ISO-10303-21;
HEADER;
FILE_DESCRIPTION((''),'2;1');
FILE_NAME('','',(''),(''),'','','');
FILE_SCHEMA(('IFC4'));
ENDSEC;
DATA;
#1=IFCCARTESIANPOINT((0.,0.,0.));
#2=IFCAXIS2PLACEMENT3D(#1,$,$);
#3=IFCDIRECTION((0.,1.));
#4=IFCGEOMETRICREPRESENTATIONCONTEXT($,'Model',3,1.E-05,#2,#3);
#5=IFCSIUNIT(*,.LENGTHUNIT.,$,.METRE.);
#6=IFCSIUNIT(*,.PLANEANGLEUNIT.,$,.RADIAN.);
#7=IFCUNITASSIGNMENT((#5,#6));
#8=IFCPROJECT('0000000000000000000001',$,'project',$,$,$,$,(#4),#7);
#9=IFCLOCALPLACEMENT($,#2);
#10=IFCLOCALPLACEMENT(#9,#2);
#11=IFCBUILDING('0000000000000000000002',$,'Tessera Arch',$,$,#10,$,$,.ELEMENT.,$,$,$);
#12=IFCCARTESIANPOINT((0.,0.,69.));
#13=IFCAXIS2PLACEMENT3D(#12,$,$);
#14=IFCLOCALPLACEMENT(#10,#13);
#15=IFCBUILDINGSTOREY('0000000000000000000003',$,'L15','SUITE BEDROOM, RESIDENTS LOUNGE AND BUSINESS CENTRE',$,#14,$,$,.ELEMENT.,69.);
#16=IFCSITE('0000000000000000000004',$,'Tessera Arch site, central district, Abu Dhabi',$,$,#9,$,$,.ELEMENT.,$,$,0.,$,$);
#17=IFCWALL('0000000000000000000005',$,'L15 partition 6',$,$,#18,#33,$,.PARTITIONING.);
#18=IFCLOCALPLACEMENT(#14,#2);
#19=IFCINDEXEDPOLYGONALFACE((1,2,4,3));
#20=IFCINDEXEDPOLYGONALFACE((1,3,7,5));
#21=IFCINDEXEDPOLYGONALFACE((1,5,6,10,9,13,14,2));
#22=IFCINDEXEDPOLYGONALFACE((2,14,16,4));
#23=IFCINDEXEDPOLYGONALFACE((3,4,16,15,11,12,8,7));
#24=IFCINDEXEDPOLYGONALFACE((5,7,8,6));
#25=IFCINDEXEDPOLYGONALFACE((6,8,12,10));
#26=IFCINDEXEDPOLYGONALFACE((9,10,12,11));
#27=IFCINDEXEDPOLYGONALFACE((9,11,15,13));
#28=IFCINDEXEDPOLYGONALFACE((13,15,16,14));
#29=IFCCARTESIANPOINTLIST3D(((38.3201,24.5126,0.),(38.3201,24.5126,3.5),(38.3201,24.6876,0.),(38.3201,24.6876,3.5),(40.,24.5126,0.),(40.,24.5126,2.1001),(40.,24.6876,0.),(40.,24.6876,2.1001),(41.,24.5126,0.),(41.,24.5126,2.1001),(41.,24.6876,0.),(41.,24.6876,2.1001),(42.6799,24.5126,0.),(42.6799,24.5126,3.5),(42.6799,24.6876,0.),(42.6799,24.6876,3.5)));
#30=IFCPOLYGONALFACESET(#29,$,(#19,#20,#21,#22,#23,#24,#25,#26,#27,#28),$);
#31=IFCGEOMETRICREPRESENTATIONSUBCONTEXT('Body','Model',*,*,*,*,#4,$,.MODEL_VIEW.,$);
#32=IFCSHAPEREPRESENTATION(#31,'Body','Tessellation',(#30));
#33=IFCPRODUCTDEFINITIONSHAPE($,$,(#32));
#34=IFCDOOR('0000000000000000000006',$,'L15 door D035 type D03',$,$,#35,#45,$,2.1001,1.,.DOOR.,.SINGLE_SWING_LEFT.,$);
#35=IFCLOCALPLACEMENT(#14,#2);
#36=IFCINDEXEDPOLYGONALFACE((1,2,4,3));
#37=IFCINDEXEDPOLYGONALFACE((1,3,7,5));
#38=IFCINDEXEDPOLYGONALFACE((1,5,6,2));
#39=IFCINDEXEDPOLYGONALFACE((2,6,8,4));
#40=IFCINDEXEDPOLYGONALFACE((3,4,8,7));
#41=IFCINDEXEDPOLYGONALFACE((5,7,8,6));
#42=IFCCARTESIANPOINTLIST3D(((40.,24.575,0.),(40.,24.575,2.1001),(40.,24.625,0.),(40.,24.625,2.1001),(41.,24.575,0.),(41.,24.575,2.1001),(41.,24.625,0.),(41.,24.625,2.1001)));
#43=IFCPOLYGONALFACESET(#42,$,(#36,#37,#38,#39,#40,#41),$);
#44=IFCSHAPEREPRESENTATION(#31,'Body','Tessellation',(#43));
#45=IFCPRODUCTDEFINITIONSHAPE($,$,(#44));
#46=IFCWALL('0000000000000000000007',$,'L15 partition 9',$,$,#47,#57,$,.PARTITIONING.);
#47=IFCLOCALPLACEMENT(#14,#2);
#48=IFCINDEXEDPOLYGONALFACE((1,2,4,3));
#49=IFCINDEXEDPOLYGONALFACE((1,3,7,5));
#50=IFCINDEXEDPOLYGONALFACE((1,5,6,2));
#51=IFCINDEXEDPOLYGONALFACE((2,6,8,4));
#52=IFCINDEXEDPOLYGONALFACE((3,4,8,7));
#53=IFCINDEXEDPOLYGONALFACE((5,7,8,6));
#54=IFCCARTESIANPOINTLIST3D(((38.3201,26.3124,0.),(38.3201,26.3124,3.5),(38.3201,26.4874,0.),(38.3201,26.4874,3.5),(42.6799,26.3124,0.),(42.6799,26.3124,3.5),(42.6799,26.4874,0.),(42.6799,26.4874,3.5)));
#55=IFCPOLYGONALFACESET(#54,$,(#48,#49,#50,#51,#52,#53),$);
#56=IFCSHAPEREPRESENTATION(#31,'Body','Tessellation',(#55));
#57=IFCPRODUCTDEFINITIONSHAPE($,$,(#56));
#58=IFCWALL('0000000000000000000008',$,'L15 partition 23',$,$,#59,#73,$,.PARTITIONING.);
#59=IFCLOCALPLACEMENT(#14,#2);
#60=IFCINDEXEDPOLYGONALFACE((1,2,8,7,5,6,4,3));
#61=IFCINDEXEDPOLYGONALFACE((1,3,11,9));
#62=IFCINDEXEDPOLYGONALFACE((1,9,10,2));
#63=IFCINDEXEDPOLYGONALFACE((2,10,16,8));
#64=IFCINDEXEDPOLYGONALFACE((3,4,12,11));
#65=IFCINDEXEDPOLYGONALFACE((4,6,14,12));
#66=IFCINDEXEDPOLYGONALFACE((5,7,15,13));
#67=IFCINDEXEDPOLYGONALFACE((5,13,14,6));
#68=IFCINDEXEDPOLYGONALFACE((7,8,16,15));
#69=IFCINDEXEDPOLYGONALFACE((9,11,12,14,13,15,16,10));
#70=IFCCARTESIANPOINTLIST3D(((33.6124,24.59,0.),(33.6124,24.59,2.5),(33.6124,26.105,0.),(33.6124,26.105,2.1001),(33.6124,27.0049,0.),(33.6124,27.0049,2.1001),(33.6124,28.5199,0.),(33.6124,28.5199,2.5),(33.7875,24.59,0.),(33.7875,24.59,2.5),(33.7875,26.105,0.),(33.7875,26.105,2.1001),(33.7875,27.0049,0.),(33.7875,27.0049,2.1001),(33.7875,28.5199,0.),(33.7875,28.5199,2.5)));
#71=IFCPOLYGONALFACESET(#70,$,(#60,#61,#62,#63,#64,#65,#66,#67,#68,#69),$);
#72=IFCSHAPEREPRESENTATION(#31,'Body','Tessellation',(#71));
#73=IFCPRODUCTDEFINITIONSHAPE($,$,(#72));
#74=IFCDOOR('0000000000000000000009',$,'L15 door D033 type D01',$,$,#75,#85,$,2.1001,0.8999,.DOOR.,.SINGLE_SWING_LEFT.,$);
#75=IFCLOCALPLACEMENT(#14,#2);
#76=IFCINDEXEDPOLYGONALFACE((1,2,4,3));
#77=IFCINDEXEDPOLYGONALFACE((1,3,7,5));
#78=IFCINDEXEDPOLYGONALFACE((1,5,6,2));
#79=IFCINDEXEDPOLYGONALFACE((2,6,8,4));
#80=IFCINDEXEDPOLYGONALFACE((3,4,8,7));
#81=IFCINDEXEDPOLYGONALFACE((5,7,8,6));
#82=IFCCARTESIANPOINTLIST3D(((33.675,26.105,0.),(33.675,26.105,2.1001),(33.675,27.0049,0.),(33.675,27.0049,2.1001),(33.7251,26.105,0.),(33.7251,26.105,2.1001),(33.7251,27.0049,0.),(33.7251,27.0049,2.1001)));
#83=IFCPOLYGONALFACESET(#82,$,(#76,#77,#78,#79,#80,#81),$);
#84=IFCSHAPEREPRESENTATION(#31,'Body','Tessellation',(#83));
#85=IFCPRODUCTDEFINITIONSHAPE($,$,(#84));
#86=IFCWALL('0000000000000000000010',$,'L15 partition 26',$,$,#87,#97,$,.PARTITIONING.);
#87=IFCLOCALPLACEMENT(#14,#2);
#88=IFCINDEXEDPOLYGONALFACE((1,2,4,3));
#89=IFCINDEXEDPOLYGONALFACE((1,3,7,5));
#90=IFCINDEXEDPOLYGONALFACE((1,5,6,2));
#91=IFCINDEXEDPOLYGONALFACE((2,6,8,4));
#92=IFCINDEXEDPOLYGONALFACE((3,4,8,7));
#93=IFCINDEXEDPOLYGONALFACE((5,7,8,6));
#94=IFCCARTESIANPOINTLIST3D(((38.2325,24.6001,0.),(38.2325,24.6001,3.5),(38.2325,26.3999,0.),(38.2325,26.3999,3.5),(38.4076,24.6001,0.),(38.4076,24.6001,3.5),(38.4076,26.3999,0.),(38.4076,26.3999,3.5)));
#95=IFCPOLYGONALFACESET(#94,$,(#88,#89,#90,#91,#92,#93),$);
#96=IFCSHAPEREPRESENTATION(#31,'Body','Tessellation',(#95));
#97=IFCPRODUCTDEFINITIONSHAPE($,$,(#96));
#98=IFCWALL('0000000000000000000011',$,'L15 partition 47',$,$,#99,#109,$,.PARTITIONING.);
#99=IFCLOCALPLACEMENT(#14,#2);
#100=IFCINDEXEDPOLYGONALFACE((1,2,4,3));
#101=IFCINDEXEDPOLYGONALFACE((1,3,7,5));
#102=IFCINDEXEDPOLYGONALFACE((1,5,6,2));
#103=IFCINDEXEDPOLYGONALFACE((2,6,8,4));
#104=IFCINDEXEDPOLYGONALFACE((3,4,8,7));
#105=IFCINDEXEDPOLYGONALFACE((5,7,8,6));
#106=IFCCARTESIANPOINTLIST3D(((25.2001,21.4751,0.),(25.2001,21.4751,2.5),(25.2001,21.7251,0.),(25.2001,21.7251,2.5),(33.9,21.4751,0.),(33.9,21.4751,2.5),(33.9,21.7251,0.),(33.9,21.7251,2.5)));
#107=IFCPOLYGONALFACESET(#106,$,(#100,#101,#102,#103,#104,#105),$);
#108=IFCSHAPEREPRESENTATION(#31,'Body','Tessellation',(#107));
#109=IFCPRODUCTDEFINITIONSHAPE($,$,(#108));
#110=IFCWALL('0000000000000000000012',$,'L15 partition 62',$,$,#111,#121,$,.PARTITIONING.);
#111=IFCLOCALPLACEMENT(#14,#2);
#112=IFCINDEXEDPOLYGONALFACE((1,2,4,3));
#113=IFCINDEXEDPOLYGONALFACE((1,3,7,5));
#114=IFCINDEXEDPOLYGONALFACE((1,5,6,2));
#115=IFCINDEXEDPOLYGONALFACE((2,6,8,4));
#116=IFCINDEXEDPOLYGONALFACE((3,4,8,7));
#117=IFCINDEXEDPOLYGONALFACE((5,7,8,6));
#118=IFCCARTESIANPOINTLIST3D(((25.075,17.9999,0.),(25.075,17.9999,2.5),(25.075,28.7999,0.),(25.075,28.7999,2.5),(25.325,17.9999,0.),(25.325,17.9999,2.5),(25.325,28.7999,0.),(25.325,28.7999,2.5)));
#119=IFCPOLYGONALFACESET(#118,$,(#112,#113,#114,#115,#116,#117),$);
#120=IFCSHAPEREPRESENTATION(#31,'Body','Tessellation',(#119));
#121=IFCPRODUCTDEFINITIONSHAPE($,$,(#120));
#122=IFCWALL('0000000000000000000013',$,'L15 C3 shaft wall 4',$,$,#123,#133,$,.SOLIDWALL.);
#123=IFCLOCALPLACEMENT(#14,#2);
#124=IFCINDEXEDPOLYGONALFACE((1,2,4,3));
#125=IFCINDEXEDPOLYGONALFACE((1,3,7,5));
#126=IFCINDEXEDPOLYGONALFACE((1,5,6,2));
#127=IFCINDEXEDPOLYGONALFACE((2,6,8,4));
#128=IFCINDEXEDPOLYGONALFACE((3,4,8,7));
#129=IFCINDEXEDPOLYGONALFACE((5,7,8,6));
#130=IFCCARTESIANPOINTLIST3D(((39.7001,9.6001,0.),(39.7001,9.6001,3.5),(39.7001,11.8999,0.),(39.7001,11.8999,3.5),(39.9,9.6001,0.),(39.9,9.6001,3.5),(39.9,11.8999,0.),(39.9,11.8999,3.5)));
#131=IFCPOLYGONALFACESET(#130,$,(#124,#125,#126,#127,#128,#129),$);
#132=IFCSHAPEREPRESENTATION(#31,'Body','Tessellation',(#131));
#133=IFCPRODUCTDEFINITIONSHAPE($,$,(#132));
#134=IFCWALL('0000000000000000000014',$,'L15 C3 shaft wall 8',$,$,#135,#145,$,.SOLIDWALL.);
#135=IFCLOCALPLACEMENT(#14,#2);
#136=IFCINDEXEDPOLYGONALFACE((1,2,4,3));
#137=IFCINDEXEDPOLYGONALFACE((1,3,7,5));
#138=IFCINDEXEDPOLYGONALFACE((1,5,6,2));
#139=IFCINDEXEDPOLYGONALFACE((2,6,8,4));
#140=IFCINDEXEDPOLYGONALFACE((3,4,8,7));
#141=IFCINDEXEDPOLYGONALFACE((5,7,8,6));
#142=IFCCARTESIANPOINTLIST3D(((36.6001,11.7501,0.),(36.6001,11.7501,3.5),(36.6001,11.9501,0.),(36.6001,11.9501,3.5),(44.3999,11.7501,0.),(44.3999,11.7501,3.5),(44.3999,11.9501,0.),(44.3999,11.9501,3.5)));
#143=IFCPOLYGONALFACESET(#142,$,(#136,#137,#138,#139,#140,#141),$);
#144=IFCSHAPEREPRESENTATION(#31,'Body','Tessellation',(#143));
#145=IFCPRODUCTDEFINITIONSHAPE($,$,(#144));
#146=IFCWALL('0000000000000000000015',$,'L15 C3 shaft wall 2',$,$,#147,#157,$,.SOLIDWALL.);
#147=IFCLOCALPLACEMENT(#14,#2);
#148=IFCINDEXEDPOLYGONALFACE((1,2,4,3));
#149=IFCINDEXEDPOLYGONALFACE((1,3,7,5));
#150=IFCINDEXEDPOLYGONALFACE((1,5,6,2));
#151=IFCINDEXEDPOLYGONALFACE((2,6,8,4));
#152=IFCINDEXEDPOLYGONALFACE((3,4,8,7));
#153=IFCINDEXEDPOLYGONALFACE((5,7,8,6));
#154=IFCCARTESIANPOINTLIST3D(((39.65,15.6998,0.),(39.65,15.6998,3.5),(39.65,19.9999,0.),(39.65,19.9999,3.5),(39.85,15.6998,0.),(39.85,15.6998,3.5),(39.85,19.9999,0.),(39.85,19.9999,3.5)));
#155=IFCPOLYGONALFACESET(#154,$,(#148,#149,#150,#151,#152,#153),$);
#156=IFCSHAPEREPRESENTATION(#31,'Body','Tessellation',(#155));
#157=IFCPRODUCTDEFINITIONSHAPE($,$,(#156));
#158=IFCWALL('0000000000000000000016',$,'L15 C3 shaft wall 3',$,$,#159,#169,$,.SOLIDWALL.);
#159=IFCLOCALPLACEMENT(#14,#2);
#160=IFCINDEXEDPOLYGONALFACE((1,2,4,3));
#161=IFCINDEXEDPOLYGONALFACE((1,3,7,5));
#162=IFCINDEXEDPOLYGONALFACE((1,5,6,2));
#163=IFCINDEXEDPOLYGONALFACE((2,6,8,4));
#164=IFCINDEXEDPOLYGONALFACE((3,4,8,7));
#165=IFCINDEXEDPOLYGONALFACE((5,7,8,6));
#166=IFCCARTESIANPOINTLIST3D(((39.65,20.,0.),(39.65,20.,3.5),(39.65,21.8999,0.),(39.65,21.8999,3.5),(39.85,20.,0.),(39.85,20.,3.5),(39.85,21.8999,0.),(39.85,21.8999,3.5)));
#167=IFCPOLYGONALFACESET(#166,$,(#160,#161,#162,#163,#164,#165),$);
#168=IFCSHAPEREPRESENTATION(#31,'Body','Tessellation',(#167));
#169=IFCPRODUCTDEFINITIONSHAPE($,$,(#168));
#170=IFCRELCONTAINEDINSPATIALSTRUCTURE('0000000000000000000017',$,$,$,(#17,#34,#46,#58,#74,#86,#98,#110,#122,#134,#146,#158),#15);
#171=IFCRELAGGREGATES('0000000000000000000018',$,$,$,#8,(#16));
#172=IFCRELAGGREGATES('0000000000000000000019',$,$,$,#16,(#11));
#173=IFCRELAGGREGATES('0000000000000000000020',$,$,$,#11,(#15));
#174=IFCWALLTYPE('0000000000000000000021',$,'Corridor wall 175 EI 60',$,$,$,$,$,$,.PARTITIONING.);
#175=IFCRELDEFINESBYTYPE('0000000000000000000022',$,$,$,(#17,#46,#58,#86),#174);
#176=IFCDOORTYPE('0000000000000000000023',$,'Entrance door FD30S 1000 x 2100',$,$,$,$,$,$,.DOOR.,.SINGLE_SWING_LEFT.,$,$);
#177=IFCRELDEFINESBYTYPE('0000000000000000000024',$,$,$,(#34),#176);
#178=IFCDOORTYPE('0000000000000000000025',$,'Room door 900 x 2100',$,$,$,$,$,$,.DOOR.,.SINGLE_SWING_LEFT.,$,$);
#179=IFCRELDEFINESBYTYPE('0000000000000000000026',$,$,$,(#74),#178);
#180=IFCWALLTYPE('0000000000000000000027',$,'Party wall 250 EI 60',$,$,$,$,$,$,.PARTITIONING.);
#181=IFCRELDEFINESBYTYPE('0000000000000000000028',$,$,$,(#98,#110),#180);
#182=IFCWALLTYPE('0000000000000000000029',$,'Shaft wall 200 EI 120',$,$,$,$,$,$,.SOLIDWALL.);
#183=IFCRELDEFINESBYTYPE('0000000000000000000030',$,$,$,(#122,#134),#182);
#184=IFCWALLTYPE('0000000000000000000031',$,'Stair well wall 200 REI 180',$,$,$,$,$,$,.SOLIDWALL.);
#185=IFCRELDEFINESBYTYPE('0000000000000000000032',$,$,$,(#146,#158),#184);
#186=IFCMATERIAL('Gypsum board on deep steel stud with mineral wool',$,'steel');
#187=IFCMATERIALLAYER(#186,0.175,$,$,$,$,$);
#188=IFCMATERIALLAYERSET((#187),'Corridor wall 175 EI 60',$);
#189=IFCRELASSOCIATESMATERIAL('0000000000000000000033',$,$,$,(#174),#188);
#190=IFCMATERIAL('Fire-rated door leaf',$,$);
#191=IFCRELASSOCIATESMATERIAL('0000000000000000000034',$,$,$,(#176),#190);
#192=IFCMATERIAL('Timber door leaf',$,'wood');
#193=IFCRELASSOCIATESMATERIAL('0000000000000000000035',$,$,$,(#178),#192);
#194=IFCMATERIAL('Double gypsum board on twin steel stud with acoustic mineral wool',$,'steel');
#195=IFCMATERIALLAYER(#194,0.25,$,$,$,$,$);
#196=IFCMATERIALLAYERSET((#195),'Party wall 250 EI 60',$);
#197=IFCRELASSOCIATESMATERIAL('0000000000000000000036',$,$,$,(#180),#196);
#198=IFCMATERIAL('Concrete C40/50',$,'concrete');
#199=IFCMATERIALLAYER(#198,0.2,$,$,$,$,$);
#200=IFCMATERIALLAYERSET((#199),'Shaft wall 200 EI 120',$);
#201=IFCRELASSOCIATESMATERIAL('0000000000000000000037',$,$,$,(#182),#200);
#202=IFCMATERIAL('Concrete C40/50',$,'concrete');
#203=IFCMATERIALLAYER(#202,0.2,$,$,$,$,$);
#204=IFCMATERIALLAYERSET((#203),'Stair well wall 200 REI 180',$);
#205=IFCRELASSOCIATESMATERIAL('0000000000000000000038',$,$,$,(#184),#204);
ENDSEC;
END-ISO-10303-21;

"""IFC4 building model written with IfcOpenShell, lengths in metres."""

from ifc_helpers import new_model, si_unit, direction, frame, frame_2d, origin, place, context, subcontext, project, spatial, rectangle, extrude, material, layer, layer_set, type_object, element, fill, save


model = new_model("IFC4")

# Units and contexts
model_context = context("Model", 3, precision=1e-05, world=origin(), true_north=direction((0.0, 1.0)))
body_context = subcontext(model_context, "Body", "Model", "MODEL_VIEW")
ifc_project = project(units=[si_unit("LENGTHUNIT", "METRE"), si_unit("PLANEANGLEUNIT", "RADIAN")], contexts=[model_context])

# Site, building, storey
site_placement = place(None, origin())
site = spatial("IfcSite", under=ifc_project, at=site_placement, Name="Tessera Arch site, central district, Abu Dhabi", CompositionType="ELEMENT", RefElevation=0.0)
building_placement = place(site_placement, origin())
building = spatial("IfcBuilding", under=site, at=building_placement, Name="Tessera Arch", CompositionType="ELEMENT")
storey_placement = place(building_placement, frame((0.0, 0.0, 69.0)))
storey = spatial("IfcBuildingStorey", under=building, at=storey_placement, Name="L15", Description="SUITE BEDROOM, RESIDENTS LOUNGE AND BUSINESS CENTRE", CompositionType="ELEMENT", Elevation=69.0)

# Shared definitions
ifc_material_1 = material(Name="Gypsum board on deep steel stud with mineral wool", Category="steel")
ifc_layer_1 = layer(ifc_material_1, 0.175)
ifc_layer_set_1 = layer_set([ifc_layer_1], Name="Corridor wall 175 EI 60")
wall_type_1 = type_object("IfcWallType", Name="Corridor wall 175 EI 60", PredefinedType="PARTITIONING", material=ifc_layer_set_1)

# Wall, opening, door
wall_1_placement = place(storey_placement, frame((38.3201, 24.6001, 0.0), z_axis=(0.0, 0.0, 1.0), x_axis=(1.0, 0.0, 0.0)))
wall_1 = element("IfcWall", 1, at=wall_1_placement, inside=storey, type_object=wall_type_1, Name="L15 partition 6", PredefinedType="PARTITIONING", context=body_context, shape_type="SweptSolid", body=[
    extrude(rectangle(XDim=4.3599, YDim=0.175, at=frame_2d((2.1799, 0.0))), origin(), (0.0, 0.0, 1.0), 3.5),
])
opening_1_placement = place(wall_1_placement, frame((1.6799, 0.0, 0.0)))
opening_1 = element("IfcOpeningElement", 2, at=opening_1_placement, cuts=wall_1, PredefinedType="OPENING", context=body_context, shape_type="SweptSolid", body=[
    extrude(rectangle(XDim=1.0, YDim=2.1001, at=frame_2d((0.5, 1.05))), frame((0.0, 0.0974, 0.0), z_axis=(0.0, -1.0, 0.0), x_axis=(1.0, 0.0, 0.0)), (0.0, 0.0, 1.0), 0.1951),
])
ifc_material_2 = material(Name="Fire-rated door leaf")
door_type_1 = type_object("IfcDoorType", Name="Entrance door FD30S 1000 x 2100", OperationType="SINGLE_SWING_LEFT", PredefinedType="DOOR", material=ifc_material_2)
door_1_placement = place(opening_1_placement, origin())
door_1 = element("IfcDoor", 3, at=door_1_placement, inside=storey, type_object=door_type_1, Name="L15 door D035 type D03", OperationType="SINGLE_SWING_LEFT", OverallHeight=2.1001, OverallWidth=1.0, PredefinedType="DOOR", context=body_context, shape_type="SweptSolid", body=[
    extrude(rectangle(XDim=1.0, YDim=2.1001, at=frame_2d((0.5, 1.05))), frame((0.0, 0.0249, 0.0), z_axis=(0.0, -1.0, 0.0), x_axis=(1.0, 0.0, 0.0)), (0.0, 0.0, 1.0), 0.05),
])
fill(opening_1, door_1)

# Wall
wall_2_placement = place(storey_placement, frame((38.3201, 26.3999, 0.0), z_axis=(0.0, 0.0, 1.0), x_axis=(1.0, 0.0, 0.0)))
element("IfcWall", 4, at=wall_2_placement, inside=storey, type_object=wall_type_1, Name="L15 partition 9", PredefinedType="PARTITIONING", context=body_context, shape_type="SweptSolid", body=[
    extrude(rectangle(XDim=4.3599, YDim=0.175, at=frame_2d((2.1799, 0.0))), origin(), (0.0, 0.0, 1.0), 3.5),
])

# Wall, opening, door
wall_3_placement = place(storey_placement, frame((33.7, 24.5901, 0.0), z_axis=(0.0, 0.0, 1.0), x_axis=(0.0, 1.0, 0.0)))
wall_3 = element("IfcWall", 5, at=wall_3_placement, inside=storey, type_object=wall_type_1, Name="L15 partition 23", PredefinedType="PARTITIONING", context=body_context, shape_type="SweptSolid", body=[
    extrude(rectangle(XDim=3.9299, YDim=0.175, at=frame_2d((1.9648, 0.0))), origin(), (0.0, 0.0, 1.0), 2.5),
])
opening_2_placement = place(wall_3_placement, frame((1.5149, 0.0, 0.0)))
opening_2 = element("IfcOpeningElement", 6, at=opening_2_placement, cuts=wall_3, PredefinedType="OPENING", context=body_context, shape_type="SweptSolid", body=[
    extrude(rectangle(XDim=0.8999, YDim=2.1001, at=frame_2d((0.45, 1.05))), frame((0.0, 0.0974, 0.0), z_axis=(0.0, -1.0, 0.0), x_axis=(1.0, 0.0, 0.0)), (0.0, 0.0, 1.0), 0.1951),
])
ifc_material_3 = material(Name="Timber door leaf", Category="wood")
door_type_2 = type_object("IfcDoorType", Name="Room door 900 x 2100", OperationType="SINGLE_SWING_LEFT", PredefinedType="DOOR", material=ifc_material_3)
door_2_placement = place(opening_2_placement, origin())
door_2 = element("IfcDoor", 7, at=door_2_placement, inside=storey, type_object=door_type_2, Name="L15 door D033 type D01", OperationType="SINGLE_SWING_LEFT", OverallHeight=2.1001, OverallWidth=0.8999, PredefinedType="DOOR", context=body_context, shape_type="SweptSolid", body=[
    extrude(rectangle(XDim=0.8999, YDim=2.1001, at=frame_2d((0.45, 1.05))), frame((0.0, 0.0249, 0.0), z_axis=(0.0, -1.0, 0.0), x_axis=(1.0, 0.0, 0.0)), (0.0, 0.0, 1.0), 0.05),
])
fill(opening_2, door_2)

# Walls
wall_4_placement = place(storey_placement, frame((38.3201, 24.6001, 0.0), z_axis=(0.0, 0.0, 1.0), x_axis=(0.0, 1.0, 0.0)))
element("IfcWall", 8, at=wall_4_placement, inside=storey, type_object=wall_type_1, Name="L15 partition 26", PredefinedType="PARTITIONING", context=body_context, shape_type="SweptSolid", body=[
    extrude(rectangle(XDim=1.7998, YDim=0.175, at=frame_2d((0.8999, 0.0))), origin(), (0.0, 0.0, 1.0), 3.5),
])
ifc_material_4 = material(Name="Double gypsum board on twin steel stud with acoustic mineral wool", Category="steel")
ifc_layer_2 = layer(ifc_material_4, 0.25)
ifc_layer_set_2 = layer_set([ifc_layer_2], Name="Party wall 250 EI 60")
wall_type_2 = type_object("IfcWallType", Name="Party wall 250 EI 60", PredefinedType="PARTITIONING", material=ifc_layer_set_2)
wall_5_placement = place(storey_placement, frame((25.2, 21.6001, 0.0), z_axis=(0.0, 0.0, 1.0), x_axis=(1.0, 0.0, 0.0)))
element("IfcWall", 9, at=wall_5_placement, inside=storey, type_object=wall_type_2, Name="L15 partition 47", PredefinedType="PARTITIONING", context=body_context, shape_type="SweptSolid", body=[
    extrude(rectangle(XDim=8.7, YDim=0.25, at=frame_2d((4.3501, 0.0))), origin(), (0.0, 0.0, 1.0), 2.5),
])
wall_6_placement = place(storey_placement, frame((25.2, 18.0, 0.0), z_axis=(0.0, 0.0, 1.0), x_axis=(0.0, 1.0, 0.0)))
element("IfcWall", 10, at=wall_6_placement, inside=storey, type_object=wall_type_2, Name="L15 partition 62", PredefinedType="PARTITIONING", context=body_context, shape_type="SweptSolid", body=[
    extrude(rectangle(XDim=10.8, YDim=0.25, at=frame_2d((5.3999, 0.0))), origin(), (0.0, 0.0, 1.0), 2.5),
])
ifc_material_5 = material(Name="Concrete C40/50", Category="concrete")
ifc_layer_3 = layer(ifc_material_5, 0.2)
ifc_layer_set_3 = layer_set([ifc_layer_3], Name="Shaft wall 200 EI 120")
wall_type_3 = type_object("IfcWallType", Name="Shaft wall 200 EI 120", PredefinedType="SOLIDWALL", material=ifc_layer_set_3)
wall_7_placement = place(storey_placement, frame((39.8, 9.6001, 0.0), z_axis=(0.0, 0.0, 1.0), x_axis=(0.0, 1.0, 0.0)))
element("IfcWall", 11, at=wall_7_placement, inside=storey, type_object=wall_type_3, Name="L15 C3 shaft wall 4", PredefinedType="SOLIDWALL", context=body_context, shape_type="SweptSolid", body=[
    extrude(rectangle(XDim=2.2998, YDim=0.2, at=frame_2d((1.1499, 0.0))), origin(), (0.0, 0.0, 1.0), 3.5),
])
wall_8_placement = place(storey_placement, frame((36.6001, 11.8501, 0.0), z_axis=(0.0, 0.0, 1.0), x_axis=(1.0, 0.0, 0.0)))
element("IfcWall", 12, at=wall_8_placement, inside=storey, type_object=wall_type_3, Name="L15 C3 shaft wall 8", PredefinedType="SOLIDWALL", context=body_context, shape_type="SweptSolid", body=[
    extrude(rectangle(XDim=7.7998, YDim=0.2, at=frame_2d((3.8999, 0.0))), origin(), (0.0, 0.0, 1.0), 3.5),
])
ifc_material_6 = material(Name="Concrete C40/50", Category="concrete")
ifc_layer_4 = layer(ifc_material_6, 0.2)
ifc_layer_set_4 = layer_set([ifc_layer_4], Name="Stair well wall 200 REI 180")
wall_type_4 = type_object("IfcWallType", Name="Stair well wall 200 REI 180", PredefinedType="SOLIDWALL", material=ifc_layer_set_4)
wall_9_placement = place(storey_placement, frame((39.75, 15.7, 0.0), z_axis=(0.0, 0.0, 1.0), x_axis=(0.0, 1.0, 0.0)))
element("IfcWall", 13, at=wall_9_placement, inside=storey, type_object=wall_type_4, Name="L15 C3 shaft wall 2", PredefinedType="SOLIDWALL", context=body_context, shape_type="SweptSolid", body=[
    extrude(rectangle(XDim=4.3, YDim=0.2, at=frame_2d((2.1499, 0.0))), origin(), (0.0, 0.0, 1.0), 3.5),
])
wall_10_placement = place(storey_placement, frame((39.75, 20.0, 0.0), z_axis=(0.0, 0.0, 1.0), x_axis=(0.0, 1.0, 0.0)))
element("IfcWall", 14, at=wall_10_placement, inside=storey, type_object=wall_type_4, Name="L15 C3 shaft wall 3", PredefinedType="SOLIDWALL", context=body_context, shape_type="SweptSolid", body=[
    extrude(rectangle(XDim=1.8999, YDim=0.2, at=frame_2d((0.95, 0.0))), origin(), (0.0, 0.0, 1.0), 3.5),
])

save(model, "model.ifc")
